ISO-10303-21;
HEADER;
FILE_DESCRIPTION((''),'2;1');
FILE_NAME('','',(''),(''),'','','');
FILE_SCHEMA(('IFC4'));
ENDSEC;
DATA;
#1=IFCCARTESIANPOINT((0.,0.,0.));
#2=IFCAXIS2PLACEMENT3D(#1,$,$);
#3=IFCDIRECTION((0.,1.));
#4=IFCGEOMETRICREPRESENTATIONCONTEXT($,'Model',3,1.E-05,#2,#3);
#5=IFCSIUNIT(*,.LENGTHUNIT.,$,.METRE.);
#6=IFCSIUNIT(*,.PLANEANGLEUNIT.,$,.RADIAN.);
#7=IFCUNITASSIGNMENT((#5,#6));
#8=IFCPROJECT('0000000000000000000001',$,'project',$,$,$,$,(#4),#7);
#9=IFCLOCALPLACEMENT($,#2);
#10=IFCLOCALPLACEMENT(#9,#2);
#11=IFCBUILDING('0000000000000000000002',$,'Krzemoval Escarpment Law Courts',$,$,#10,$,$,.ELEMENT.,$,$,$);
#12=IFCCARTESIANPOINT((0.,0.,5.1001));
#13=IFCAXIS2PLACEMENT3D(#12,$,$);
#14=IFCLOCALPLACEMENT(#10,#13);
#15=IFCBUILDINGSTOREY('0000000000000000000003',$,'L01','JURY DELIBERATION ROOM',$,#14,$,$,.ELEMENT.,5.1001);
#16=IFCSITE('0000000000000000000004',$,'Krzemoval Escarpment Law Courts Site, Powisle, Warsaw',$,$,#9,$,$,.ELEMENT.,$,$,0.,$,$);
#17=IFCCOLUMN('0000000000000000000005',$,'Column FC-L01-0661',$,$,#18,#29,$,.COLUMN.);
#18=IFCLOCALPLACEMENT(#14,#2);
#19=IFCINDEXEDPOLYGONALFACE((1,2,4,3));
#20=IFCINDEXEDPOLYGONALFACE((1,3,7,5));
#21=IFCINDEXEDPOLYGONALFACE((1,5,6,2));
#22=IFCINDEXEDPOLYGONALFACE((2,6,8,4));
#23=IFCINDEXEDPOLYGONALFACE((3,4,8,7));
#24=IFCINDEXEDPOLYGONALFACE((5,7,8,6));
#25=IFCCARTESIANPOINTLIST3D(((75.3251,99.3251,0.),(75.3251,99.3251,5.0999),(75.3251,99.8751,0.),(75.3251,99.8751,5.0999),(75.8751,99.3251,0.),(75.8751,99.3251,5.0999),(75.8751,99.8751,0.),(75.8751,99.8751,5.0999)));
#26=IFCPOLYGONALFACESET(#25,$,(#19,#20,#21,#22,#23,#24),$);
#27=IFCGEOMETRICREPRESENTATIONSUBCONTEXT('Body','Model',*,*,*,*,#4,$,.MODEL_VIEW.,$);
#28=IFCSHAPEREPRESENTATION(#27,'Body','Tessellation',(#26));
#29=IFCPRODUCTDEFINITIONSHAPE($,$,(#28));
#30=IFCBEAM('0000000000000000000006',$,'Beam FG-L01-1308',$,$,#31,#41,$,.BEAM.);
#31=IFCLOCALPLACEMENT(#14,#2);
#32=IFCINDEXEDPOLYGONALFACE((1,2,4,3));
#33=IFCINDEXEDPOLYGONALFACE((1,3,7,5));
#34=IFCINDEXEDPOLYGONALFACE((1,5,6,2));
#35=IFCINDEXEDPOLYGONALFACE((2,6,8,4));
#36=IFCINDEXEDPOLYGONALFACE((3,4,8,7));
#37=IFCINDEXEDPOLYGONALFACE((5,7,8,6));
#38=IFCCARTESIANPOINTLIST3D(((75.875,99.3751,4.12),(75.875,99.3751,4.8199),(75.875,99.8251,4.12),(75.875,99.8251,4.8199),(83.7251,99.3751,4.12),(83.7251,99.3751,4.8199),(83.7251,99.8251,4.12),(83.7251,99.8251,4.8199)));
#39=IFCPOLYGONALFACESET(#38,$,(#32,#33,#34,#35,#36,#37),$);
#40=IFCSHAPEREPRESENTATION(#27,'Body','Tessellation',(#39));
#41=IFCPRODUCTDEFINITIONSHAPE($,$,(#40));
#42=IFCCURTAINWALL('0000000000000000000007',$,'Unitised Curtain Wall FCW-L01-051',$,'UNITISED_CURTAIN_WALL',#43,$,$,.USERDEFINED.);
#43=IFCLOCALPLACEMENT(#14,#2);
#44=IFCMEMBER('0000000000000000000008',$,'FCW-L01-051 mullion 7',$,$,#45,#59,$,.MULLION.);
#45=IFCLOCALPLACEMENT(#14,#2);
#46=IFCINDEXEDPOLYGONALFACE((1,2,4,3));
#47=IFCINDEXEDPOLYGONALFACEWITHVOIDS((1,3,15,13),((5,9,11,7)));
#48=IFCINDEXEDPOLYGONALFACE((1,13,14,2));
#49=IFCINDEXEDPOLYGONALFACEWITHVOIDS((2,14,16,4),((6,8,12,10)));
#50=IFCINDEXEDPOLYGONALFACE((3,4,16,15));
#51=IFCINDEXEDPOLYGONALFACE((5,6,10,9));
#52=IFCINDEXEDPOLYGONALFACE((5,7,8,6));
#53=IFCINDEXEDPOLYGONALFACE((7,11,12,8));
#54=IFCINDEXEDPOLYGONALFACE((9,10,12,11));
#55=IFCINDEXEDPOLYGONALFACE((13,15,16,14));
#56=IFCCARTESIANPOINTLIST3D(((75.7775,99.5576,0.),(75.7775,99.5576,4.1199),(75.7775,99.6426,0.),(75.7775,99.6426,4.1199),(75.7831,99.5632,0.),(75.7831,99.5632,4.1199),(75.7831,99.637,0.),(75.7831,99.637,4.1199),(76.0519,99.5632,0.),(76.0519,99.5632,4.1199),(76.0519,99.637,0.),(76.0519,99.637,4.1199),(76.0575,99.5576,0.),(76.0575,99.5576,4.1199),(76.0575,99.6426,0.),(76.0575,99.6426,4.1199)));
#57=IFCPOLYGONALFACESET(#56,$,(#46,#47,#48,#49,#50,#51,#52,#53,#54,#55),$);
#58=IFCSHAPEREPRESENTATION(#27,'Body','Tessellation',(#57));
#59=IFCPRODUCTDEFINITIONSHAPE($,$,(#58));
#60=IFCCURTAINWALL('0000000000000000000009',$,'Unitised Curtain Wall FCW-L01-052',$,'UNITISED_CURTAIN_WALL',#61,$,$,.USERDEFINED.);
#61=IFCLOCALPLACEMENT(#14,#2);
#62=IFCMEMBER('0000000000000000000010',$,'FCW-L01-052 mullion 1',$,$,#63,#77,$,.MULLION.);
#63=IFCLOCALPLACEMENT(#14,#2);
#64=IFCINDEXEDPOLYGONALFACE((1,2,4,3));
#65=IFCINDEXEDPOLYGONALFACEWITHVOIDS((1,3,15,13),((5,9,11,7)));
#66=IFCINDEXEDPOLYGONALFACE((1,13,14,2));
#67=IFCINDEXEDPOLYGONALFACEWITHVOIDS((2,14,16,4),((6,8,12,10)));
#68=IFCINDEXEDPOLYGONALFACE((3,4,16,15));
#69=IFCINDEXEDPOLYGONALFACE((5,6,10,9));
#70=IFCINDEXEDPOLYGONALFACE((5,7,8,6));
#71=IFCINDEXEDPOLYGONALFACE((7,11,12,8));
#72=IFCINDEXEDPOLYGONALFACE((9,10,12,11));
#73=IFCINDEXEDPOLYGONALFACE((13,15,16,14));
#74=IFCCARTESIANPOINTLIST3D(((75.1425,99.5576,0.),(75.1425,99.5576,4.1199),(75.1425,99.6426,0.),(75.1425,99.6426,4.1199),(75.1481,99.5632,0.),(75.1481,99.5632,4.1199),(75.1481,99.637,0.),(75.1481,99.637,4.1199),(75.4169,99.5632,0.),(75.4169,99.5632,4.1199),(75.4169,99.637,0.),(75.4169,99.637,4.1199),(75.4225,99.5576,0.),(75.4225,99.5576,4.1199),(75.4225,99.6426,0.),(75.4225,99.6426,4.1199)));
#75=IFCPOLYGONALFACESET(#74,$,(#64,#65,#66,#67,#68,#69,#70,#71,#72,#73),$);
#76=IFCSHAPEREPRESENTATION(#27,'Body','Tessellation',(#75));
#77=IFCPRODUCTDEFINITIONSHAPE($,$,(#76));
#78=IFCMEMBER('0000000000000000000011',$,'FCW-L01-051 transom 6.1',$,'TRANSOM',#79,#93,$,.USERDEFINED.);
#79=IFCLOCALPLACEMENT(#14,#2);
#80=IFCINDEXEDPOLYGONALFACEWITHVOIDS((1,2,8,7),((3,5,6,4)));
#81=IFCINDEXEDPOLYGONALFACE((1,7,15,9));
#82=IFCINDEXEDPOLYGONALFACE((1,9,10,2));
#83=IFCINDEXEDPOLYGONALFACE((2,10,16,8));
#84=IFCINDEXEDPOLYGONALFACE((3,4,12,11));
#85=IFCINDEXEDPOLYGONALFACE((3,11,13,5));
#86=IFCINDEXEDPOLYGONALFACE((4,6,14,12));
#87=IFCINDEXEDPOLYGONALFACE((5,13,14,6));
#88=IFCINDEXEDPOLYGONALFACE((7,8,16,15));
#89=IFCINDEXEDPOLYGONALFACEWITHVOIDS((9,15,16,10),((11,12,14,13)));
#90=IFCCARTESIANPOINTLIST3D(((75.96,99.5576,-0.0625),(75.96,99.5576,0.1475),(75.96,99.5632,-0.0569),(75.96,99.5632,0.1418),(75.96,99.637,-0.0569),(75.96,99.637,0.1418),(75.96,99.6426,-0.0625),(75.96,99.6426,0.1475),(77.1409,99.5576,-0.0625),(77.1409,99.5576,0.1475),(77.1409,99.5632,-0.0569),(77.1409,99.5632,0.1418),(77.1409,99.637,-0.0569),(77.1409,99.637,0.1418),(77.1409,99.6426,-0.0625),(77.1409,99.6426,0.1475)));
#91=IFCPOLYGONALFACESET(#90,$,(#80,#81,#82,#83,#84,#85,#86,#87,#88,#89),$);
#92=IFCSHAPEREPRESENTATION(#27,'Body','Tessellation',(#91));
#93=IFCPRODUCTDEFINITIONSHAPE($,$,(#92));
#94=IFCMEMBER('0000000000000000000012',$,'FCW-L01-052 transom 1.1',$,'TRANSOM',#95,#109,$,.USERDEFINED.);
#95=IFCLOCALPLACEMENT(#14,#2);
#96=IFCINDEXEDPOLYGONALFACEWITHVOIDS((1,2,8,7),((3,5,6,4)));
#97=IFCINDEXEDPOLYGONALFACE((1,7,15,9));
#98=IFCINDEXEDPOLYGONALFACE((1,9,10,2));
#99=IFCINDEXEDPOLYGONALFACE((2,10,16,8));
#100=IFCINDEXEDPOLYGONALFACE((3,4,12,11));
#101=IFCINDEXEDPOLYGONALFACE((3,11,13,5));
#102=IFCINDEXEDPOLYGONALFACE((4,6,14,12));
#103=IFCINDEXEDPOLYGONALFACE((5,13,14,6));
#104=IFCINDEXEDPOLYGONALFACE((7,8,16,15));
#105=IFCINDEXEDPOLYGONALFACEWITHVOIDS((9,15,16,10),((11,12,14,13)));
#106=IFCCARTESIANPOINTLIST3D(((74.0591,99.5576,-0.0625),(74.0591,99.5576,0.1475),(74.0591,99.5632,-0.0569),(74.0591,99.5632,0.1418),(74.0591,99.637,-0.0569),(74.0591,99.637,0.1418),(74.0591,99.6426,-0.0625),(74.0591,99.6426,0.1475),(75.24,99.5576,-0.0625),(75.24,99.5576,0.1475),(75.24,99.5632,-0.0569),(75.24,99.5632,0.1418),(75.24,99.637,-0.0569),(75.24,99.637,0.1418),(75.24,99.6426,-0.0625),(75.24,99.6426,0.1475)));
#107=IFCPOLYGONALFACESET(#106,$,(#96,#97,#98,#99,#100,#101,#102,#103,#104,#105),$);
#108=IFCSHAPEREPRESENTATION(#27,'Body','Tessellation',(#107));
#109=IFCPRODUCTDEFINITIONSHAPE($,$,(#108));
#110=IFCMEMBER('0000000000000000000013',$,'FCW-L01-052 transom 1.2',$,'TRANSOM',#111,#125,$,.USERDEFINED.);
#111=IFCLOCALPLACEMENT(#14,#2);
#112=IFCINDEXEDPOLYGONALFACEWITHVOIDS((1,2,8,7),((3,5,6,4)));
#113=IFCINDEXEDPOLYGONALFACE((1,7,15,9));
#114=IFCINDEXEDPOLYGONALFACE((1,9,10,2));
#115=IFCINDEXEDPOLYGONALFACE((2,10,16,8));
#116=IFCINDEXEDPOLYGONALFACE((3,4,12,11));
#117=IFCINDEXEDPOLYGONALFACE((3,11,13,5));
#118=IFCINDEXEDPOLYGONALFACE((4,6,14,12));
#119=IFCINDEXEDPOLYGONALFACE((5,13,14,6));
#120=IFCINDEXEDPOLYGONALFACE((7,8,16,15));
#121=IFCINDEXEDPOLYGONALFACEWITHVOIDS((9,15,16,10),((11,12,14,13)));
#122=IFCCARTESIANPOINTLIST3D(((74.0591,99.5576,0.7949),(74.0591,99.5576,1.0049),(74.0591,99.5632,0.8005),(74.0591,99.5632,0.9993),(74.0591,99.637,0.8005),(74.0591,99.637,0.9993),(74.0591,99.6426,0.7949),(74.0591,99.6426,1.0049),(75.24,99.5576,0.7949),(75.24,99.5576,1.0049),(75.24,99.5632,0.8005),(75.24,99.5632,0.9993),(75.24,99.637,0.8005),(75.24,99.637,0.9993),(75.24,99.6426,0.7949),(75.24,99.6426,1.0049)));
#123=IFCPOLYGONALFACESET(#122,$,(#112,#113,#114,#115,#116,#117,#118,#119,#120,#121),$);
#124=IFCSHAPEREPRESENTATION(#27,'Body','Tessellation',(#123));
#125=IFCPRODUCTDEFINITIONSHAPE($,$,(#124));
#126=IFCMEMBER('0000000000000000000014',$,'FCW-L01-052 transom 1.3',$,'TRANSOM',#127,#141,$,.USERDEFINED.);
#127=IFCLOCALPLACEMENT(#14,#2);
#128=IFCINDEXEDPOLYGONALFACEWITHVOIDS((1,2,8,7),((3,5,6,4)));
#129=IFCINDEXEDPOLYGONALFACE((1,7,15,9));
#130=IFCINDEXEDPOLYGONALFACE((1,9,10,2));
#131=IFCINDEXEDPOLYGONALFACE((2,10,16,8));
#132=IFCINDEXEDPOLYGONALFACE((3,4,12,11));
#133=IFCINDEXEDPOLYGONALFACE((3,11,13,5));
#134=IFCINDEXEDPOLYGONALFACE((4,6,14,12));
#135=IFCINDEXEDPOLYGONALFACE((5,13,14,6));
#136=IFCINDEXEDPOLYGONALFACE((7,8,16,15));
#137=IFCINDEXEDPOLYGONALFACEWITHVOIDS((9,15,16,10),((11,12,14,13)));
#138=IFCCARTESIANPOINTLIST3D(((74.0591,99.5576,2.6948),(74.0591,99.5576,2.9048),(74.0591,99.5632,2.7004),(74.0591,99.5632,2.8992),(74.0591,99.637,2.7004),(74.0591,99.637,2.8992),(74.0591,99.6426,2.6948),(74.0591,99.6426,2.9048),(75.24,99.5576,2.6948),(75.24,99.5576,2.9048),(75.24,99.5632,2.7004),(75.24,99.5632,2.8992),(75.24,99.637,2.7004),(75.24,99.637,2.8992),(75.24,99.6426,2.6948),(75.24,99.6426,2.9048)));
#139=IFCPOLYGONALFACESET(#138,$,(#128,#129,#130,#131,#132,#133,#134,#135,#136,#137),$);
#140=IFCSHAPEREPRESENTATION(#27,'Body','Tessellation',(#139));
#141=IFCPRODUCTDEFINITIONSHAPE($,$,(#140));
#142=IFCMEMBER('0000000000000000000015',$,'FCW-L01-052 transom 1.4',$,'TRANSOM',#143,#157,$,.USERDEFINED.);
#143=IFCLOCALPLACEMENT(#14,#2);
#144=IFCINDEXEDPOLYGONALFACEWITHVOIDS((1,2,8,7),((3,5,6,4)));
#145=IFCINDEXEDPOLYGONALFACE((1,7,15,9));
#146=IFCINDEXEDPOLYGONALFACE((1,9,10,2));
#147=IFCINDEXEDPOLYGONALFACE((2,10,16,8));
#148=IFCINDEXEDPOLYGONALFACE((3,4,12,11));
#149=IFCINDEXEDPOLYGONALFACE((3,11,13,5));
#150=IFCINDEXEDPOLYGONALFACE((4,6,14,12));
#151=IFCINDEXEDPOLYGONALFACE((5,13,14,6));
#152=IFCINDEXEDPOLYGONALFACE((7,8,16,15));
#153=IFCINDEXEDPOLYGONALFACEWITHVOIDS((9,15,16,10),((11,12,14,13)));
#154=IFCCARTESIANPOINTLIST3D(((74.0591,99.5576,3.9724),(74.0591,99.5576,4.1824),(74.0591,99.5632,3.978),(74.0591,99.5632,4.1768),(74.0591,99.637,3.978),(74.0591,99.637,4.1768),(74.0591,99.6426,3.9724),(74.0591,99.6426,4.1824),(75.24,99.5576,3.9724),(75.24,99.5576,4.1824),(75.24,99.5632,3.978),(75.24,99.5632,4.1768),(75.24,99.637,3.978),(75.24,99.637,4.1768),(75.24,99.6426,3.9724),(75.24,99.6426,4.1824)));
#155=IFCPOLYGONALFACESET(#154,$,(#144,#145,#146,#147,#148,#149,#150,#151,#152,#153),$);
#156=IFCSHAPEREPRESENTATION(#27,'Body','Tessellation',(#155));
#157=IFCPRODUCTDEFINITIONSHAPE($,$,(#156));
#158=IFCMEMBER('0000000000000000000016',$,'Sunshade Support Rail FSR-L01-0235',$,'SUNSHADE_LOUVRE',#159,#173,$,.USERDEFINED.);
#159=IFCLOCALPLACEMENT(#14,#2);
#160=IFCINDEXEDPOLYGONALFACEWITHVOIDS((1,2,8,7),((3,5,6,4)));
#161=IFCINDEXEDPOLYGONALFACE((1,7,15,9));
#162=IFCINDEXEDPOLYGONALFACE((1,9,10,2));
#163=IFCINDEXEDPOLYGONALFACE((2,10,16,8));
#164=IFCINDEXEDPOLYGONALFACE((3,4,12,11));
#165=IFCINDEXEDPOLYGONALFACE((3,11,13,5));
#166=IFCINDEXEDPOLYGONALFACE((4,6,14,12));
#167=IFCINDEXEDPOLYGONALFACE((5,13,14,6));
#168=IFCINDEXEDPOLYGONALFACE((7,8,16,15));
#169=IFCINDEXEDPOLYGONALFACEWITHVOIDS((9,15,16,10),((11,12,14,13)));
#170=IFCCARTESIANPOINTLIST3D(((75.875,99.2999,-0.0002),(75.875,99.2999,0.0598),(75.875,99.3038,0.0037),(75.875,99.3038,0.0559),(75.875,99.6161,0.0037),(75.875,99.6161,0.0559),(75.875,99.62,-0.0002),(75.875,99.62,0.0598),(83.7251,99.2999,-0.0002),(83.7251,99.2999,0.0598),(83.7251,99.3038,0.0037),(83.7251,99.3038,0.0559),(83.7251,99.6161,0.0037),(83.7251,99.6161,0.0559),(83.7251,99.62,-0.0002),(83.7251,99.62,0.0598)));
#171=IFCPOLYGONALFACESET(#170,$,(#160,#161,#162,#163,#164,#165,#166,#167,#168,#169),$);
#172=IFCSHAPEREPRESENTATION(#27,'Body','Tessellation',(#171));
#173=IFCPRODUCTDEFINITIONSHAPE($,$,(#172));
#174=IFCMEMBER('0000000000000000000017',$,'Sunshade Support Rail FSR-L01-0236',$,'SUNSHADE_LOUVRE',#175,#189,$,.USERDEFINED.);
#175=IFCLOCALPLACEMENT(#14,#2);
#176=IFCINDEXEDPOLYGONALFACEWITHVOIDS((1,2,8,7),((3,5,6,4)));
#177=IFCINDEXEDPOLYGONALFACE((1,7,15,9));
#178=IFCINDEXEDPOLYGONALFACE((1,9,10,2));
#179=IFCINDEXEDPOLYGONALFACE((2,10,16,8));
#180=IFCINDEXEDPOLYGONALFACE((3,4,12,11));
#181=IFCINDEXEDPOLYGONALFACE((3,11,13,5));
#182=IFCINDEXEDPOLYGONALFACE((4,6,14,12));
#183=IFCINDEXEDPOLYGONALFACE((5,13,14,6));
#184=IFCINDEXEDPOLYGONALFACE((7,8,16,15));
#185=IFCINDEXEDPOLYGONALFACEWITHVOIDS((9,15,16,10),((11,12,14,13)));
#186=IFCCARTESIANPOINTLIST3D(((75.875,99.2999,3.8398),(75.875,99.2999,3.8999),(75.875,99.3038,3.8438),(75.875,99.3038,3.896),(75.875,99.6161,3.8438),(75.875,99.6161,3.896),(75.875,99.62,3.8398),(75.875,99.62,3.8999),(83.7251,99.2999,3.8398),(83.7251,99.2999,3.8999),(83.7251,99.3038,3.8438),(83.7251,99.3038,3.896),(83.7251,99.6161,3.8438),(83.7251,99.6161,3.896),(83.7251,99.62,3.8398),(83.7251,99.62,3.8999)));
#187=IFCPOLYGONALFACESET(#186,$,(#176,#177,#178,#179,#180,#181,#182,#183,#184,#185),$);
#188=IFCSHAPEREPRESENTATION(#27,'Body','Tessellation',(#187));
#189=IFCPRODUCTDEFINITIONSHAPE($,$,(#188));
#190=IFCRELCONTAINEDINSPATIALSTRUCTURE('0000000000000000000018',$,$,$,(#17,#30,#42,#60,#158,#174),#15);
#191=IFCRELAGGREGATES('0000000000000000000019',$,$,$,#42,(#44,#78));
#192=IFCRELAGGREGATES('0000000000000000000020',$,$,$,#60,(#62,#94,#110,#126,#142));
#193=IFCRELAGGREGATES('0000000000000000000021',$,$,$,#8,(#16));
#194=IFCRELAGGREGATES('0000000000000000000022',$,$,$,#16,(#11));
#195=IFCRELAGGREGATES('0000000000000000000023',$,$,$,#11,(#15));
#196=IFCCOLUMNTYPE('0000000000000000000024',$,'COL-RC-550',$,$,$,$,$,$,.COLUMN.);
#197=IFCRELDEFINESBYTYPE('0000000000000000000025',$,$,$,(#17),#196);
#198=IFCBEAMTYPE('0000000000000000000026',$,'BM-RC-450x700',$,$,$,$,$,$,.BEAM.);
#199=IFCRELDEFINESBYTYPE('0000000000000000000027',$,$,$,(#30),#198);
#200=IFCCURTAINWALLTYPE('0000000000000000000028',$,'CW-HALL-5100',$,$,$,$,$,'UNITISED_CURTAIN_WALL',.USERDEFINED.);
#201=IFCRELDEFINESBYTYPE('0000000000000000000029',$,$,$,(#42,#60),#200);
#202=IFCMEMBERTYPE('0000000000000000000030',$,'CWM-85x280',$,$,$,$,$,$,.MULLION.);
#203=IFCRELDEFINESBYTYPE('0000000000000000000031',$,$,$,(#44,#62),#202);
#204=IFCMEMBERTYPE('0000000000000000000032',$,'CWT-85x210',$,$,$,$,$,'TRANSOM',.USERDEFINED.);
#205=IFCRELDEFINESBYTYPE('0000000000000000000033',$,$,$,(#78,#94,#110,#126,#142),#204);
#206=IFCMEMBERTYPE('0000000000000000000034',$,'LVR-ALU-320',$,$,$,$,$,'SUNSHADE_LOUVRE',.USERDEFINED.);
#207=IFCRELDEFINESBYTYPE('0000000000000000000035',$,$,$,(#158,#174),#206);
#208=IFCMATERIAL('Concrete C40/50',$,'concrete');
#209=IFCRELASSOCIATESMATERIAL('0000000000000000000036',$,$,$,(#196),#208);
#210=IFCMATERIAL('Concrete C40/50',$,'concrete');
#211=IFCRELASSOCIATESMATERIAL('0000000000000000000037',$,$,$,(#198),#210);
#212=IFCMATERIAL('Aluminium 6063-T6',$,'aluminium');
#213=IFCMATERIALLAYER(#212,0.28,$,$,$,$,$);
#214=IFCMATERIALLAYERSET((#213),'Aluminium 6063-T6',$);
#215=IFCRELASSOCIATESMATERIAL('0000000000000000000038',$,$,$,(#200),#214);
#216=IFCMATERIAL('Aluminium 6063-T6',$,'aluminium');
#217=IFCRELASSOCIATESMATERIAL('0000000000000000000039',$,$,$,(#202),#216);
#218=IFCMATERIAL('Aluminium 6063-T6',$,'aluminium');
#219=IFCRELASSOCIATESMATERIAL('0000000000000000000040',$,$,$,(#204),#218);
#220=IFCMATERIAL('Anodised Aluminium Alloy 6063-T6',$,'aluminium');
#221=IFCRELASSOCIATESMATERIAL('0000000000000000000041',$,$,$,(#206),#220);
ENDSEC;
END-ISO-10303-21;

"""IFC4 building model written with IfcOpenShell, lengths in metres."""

from ifc_helpers import new_model, si_unit, direction, frame, origin, origin_2d, place, context, subcontext, project, spatial, rectangle, hollow_rectangle, extrude, material, layer, layer_set, material_profile, profile_set, type_object, element, aggregate, save


model = new_model("IFC4")

# Units and contexts
model_context = context("Model", 3, precision=1e-05, world=origin(), true_north=direction((0.0, 1.0)))
body_context = subcontext(model_context, "Body", "Model", "MODEL_VIEW")
ifc_project = project(units=[si_unit("LENGTHUNIT", "METRE"), si_unit("PLANEANGLEUNIT", "RADIAN")], contexts=[model_context])

# Site, building, storey
site_placement = place(None, origin())
site = spatial("IfcSite", under=ifc_project, at=site_placement, Name="Krzemoval Escarpment Law Courts Site, Powisle, Warsaw", CompositionType="ELEMENT", RefElevation=0.0)
building_placement = place(site_placement, origin())
building = spatial("IfcBuilding", under=site, at=building_placement, Name="Krzemoval Escarpment Law Courts", CompositionType="ELEMENT")
storey_placement = place(building_placement, frame((0.0, 0.0, 5.1001)))
storey = spatial("IfcBuildingStorey", under=building, at=storey_placement, Name="L01", Description="JURY DELIBERATION ROOM", CompositionType="ELEMENT", Elevation=5.1001)

# Column
ifc_material_1 = material(Name="Concrete C40/50", Category="concrete")
ifc_material_profile_1 = material_profile(ifc_material_1, rectangle(XDim=0.55, YDim=0.55, at=origin_2d()), Name="RC 550x550")
ifc_profile_set_1 = profile_set([ifc_material_profile_1], Name="Concrete C40/50")
column_type = type_object("IfcColumnType", Name="COL-RC-550", PredefinedType="COLUMN", material=ifc_profile_set_1)
column_placement = place(storey_placement, frame((75.6001, 99.6001, 0.0), z_axis=(0.0, 0.0, 1.0), x_axis=(1.0, 0.0, 0.0)))
element("IfcColumn", 1, at=column_placement, inside=storey, type_object=column_type, Name="Column FC-L01-0661", PredefinedType="COLUMN", context=body_context, shape_type="SweptSolid", body=[
    extrude(rectangle(XDim=0.55, YDim=0.55, at=origin_2d()), origin(), (0.0, 0.0, 1.0), 5.0999),
])

# Beam
ifc_material_2 = material(Name="Concrete C40/50", Category="concrete")
ifc_material_profile_2 = material_profile(ifc_material_2, rectangle(XDim=0.45, YDim=0.7, at=origin_2d()), Name="RCB 450x700")
ifc_profile_set_2 = profile_set([ifc_material_profile_2], Name="Concrete C40/50")
beam_type = type_object("IfcBeamType", Name="BM-RC-450x700", PredefinedType="BEAM", material=ifc_profile_set_2)
beam_placement = place(storey_placement, frame((75.875, 99.6001, 4.47), z_axis=(1.0, 0.0, 0.0), x_axis=(0.0, 1.0, 0.0)))
element("IfcBeam", 2, at=beam_placement, inside=storey, type_object=beam_type, Name="Beam FG-L01-1308", PredefinedType="BEAM", context=body_context, shape_type="SweptSolid", body=[
    extrude(rectangle(XDim=0.45, YDim=0.7, at=origin_2d()), origin(), (0.0, 0.0, 1.0), 7.8501),
])

# Curtain walls, members
ifc_material_3 = material(Name="Aluminium 6063-T6", Category="aluminium")
ifc_layer_1 = layer(ifc_material_3, 0.28)
ifc_layer_set_1 = layer_set([ifc_layer_1], Name="Aluminium 6063-T6")
curtain_wall_type = type_object("IfcCurtainWallType", Name="CW-HALL-5100", ElementType="UNITISED_CURTAIN_WALL", PredefinedType="USERDEFINED", material=ifc_layer_set_1)
curtain_wall_1_placement = place(storey_placement, origin())
curtain_wall_1 = element("IfcCurtainWall", 3, at=curtain_wall_1_placement, inside=storey, type_object=curtain_wall_type, Name="Unitised Curtain Wall FCW-L01-051", ObjectType="UNITISED_CURTAIN_WALL", PredefinedType="USERDEFINED")
ifc_material_4 = material(Name="Aluminium 6063-T6", Category="aluminium")
ifc_material_profile_3 = material_profile(ifc_material_4, hollow_rectangle(XDim=0.085, YDim=0.28, WallThickness=0.0056, at=origin_2d()), Name="ALU M85x280")
ifc_profile_set_3 = profile_set([ifc_material_profile_3], Name="Aluminium 6063-T6")
member_type_1 = type_object("IfcMemberType", Name="CWM-85x280", PredefinedType="MULLION", material=ifc_profile_set_3)
member_1_placement = place(storey_placement, frame((75.9175, 99.6001, 0.0), z_axis=(0.0, 0.0, 1.0), x_axis=(0.0, -1.0, 0.0)))
member_1 = element("IfcMember", 4, at=member_1_placement, type_object=member_type_1, Name="FCW-L01-051 mullion 7", PredefinedType="MULLION", context=body_context, shape_type="SweptSolid", body=[
    extrude(hollow_rectangle(XDim=0.085, YDim=0.28, WallThickness=0.0056, at=origin_2d()), origin(), (0.0, 0.0, 1.0), 4.1199),
])
curtain_wall_2_placement = place(storey_placement, origin())
curtain_wall_2 = element("IfcCurtainWall", 5, at=curtain_wall_2_placement, inside=storey, type_object=curtain_wall_type, Name="Unitised Curtain Wall FCW-L01-052", ObjectType="UNITISED_CURTAIN_WALL", PredefinedType="USERDEFINED")
member_2_placement = place(storey_placement, frame((75.2825, 99.6001, 0.0), z_axis=(0.0, 0.0, 1.0), x_axis=(0.0, -1.0, 0.0)))
member_2 = element("IfcMember", 6, at=member_2_placement, type_object=member_type_1, Name="FCW-L01-052 mullion 1", PredefinedType="MULLION", context=body_context, shape_type="SweptSolid", body=[
    extrude(hollow_rectangle(XDim=0.085, YDim=0.28, WallThickness=0.0056, at=origin_2d()), origin(), (0.0, 0.0, 1.0), 4.1199),
])

# Members
ifc_material_5 = material(Name="Aluminium 6063-T6", Category="aluminium")
ifc_material_profile_4 = material_profile(ifc_material_5, hollow_rectangle(XDim=0.085, YDim=0.21, WallThickness=0.0056, at=origin_2d()), Name="ALU T85x210")
ifc_profile_set_4 = profile_set([ifc_material_profile_4], Name="Aluminium 6063-T6")
member_type_2 = type_object("IfcMemberType", Name="CWT-85x210", ElementType="TRANSOM", PredefinedType="USERDEFINED", material=ifc_profile_set_4)
member_3_placement = place(storey_placement, frame((77.1409, 99.6001, 0.0425), z_axis=(-1.0, 0.0, 0.0), x_axis=(0.0, -1.0, 0.0)))
member_3 = element("IfcMember", 7, at=member_3_placement, type_object=member_type_2, Name="FCW-L01-051 transom 6.1", ObjectType="TRANSOM", PredefinedType="USERDEFINED", context=body_context, shape_type="SweptSolid", body=[
    extrude(hollow_rectangle(XDim=0.085, YDim=0.21, WallThickness=0.0056, at=origin_2d()), origin(), (0.0, 0.0, 1.0), 1.1809),
])
member_4_placement = place(storey_placement, frame((75.24, 99.6001, 0.0425), z_axis=(-1.0, 0.0, 0.0), x_axis=(0.0, -1.0, 0.0)))
member_4 = element("IfcMember", 8, at=member_4_placement, type_object=member_type_2, Name="FCW-L01-052 transom 1.1", ObjectType="TRANSOM", PredefinedType="USERDEFINED", context=body_context, shape_type="SweptSolid", body=[
    extrude(hollow_rectangle(XDim=0.085, YDim=0.21, WallThickness=0.0056, at=origin_2d()), origin(), (0.0, 0.0, 1.0), 1.1809),
])
member_5_placement = place(storey_placement, frame((75.24, 99.6001, 0.8999), z_axis=(-1.0, 0.0, 0.0), x_axis=(0.0, -1.0, 0.0)))
member_5 = element("IfcMember", 9, at=member_5_placement, type_object=member_type_2, Name="FCW-L01-052 transom 1.2", ObjectType="TRANSOM", PredefinedType="USERDEFINED", context=body_context, shape_type="SweptSolid", body=[
    extrude(hollow_rectangle(XDim=0.085, YDim=0.21, WallThickness=0.0056, at=origin_2d()), origin(), (0.0, 0.0, 1.0), 1.1809),
])
member_6_placement = place(storey_placement, frame((75.24, 99.6001, 2.7998), z_axis=(-1.0, 0.0, 0.0), x_axis=(0.0, -1.0, 0.0)))
member_6 = element("IfcMember", 10, at=member_6_placement, type_object=member_type_2, Name="FCW-L01-052 transom 1.3", ObjectType="TRANSOM", PredefinedType="USERDEFINED", context=body_context, shape_type="SweptSolid", body=[
    extrude(hollow_rectangle(XDim=0.085, YDim=0.21, WallThickness=0.0056, at=origin_2d()), origin(), (0.0, 0.0, 1.0), 1.1809),
])
member_7_placement = place(storey_placement, frame((75.24, 99.6001, 4.0774), z_axis=(-1.0, 0.0, 0.0), x_axis=(0.0, -1.0, 0.0)))
member_7 = element("IfcMember", 11, at=member_7_placement, type_object=member_type_2, Name="FCW-L01-052 transom 1.4", ObjectType="TRANSOM", PredefinedType="USERDEFINED", context=body_context, shape_type="SweptSolid", body=[
    extrude(hollow_rectangle(XDim=0.085, YDim=0.21, WallThickness=0.0056, at=origin_2d()), origin(), (0.0, 0.0, 1.0), 1.1809),
])

# Members
ifc_material_6 = material(Name="Anodised Aluminium Alloy 6063-T6", Category="aluminium")
ifc_material_profile_5 = material_profile(ifc_material_6, hollow_rectangle(XDim=0.0601, YDim=0.3201, WallThickness=0.0039, at=origin_2d()), Name="ALU LVR 60x320")
ifc_profile_set_5 = profile_set([ifc_material_profile_5], Name="Anodised Aluminium Alloy 6063-T6")
member_type_3 = type_object("IfcMemberType", Name="LVR-ALU-320", ElementType="SUNSHADE_LOUVRE", PredefinedType="USERDEFINED", material=ifc_profile_set_5)
for number, where, z_axis, x_axis, name in (
    (12, (83.7251, 99.46, 0.0298), (-1.0, 0.0, 0.0), (0.0, 0.0, 1.0), "Sunshade Support Rail FSR-L01-0235"),
    (13, (83.7251, 99.46, 3.8699), (-1.0, 0.0, 0.0), (0.0, 0.0, 1.0), "Sunshade Support Rail FSR-L01-0236"),
):
    element("IfcMember", number, at=place(storey_placement, frame(where, z_axis=z_axis, x_axis=x_axis)), inside=storey, type_object=member_type_3, Name=name, ObjectType="SUNSHADE_LOUVRE", PredefinedType="USERDEFINED", context=body_context, shape_type="SweptSolid", body=[
        extrude(hollow_rectangle(XDim=0.0601, YDim=0.3201, WallThickness=0.0039, at=origin_2d()), origin(), (0.0, 0.0, 1.0), 7.8501),
    ])

aggregate(curtain_wall_1, [member_1, member_3])
aggregate(curtain_wall_2, [member_2, member_4, member_5, member_6, member_7])

save(model, "model.ifc")
